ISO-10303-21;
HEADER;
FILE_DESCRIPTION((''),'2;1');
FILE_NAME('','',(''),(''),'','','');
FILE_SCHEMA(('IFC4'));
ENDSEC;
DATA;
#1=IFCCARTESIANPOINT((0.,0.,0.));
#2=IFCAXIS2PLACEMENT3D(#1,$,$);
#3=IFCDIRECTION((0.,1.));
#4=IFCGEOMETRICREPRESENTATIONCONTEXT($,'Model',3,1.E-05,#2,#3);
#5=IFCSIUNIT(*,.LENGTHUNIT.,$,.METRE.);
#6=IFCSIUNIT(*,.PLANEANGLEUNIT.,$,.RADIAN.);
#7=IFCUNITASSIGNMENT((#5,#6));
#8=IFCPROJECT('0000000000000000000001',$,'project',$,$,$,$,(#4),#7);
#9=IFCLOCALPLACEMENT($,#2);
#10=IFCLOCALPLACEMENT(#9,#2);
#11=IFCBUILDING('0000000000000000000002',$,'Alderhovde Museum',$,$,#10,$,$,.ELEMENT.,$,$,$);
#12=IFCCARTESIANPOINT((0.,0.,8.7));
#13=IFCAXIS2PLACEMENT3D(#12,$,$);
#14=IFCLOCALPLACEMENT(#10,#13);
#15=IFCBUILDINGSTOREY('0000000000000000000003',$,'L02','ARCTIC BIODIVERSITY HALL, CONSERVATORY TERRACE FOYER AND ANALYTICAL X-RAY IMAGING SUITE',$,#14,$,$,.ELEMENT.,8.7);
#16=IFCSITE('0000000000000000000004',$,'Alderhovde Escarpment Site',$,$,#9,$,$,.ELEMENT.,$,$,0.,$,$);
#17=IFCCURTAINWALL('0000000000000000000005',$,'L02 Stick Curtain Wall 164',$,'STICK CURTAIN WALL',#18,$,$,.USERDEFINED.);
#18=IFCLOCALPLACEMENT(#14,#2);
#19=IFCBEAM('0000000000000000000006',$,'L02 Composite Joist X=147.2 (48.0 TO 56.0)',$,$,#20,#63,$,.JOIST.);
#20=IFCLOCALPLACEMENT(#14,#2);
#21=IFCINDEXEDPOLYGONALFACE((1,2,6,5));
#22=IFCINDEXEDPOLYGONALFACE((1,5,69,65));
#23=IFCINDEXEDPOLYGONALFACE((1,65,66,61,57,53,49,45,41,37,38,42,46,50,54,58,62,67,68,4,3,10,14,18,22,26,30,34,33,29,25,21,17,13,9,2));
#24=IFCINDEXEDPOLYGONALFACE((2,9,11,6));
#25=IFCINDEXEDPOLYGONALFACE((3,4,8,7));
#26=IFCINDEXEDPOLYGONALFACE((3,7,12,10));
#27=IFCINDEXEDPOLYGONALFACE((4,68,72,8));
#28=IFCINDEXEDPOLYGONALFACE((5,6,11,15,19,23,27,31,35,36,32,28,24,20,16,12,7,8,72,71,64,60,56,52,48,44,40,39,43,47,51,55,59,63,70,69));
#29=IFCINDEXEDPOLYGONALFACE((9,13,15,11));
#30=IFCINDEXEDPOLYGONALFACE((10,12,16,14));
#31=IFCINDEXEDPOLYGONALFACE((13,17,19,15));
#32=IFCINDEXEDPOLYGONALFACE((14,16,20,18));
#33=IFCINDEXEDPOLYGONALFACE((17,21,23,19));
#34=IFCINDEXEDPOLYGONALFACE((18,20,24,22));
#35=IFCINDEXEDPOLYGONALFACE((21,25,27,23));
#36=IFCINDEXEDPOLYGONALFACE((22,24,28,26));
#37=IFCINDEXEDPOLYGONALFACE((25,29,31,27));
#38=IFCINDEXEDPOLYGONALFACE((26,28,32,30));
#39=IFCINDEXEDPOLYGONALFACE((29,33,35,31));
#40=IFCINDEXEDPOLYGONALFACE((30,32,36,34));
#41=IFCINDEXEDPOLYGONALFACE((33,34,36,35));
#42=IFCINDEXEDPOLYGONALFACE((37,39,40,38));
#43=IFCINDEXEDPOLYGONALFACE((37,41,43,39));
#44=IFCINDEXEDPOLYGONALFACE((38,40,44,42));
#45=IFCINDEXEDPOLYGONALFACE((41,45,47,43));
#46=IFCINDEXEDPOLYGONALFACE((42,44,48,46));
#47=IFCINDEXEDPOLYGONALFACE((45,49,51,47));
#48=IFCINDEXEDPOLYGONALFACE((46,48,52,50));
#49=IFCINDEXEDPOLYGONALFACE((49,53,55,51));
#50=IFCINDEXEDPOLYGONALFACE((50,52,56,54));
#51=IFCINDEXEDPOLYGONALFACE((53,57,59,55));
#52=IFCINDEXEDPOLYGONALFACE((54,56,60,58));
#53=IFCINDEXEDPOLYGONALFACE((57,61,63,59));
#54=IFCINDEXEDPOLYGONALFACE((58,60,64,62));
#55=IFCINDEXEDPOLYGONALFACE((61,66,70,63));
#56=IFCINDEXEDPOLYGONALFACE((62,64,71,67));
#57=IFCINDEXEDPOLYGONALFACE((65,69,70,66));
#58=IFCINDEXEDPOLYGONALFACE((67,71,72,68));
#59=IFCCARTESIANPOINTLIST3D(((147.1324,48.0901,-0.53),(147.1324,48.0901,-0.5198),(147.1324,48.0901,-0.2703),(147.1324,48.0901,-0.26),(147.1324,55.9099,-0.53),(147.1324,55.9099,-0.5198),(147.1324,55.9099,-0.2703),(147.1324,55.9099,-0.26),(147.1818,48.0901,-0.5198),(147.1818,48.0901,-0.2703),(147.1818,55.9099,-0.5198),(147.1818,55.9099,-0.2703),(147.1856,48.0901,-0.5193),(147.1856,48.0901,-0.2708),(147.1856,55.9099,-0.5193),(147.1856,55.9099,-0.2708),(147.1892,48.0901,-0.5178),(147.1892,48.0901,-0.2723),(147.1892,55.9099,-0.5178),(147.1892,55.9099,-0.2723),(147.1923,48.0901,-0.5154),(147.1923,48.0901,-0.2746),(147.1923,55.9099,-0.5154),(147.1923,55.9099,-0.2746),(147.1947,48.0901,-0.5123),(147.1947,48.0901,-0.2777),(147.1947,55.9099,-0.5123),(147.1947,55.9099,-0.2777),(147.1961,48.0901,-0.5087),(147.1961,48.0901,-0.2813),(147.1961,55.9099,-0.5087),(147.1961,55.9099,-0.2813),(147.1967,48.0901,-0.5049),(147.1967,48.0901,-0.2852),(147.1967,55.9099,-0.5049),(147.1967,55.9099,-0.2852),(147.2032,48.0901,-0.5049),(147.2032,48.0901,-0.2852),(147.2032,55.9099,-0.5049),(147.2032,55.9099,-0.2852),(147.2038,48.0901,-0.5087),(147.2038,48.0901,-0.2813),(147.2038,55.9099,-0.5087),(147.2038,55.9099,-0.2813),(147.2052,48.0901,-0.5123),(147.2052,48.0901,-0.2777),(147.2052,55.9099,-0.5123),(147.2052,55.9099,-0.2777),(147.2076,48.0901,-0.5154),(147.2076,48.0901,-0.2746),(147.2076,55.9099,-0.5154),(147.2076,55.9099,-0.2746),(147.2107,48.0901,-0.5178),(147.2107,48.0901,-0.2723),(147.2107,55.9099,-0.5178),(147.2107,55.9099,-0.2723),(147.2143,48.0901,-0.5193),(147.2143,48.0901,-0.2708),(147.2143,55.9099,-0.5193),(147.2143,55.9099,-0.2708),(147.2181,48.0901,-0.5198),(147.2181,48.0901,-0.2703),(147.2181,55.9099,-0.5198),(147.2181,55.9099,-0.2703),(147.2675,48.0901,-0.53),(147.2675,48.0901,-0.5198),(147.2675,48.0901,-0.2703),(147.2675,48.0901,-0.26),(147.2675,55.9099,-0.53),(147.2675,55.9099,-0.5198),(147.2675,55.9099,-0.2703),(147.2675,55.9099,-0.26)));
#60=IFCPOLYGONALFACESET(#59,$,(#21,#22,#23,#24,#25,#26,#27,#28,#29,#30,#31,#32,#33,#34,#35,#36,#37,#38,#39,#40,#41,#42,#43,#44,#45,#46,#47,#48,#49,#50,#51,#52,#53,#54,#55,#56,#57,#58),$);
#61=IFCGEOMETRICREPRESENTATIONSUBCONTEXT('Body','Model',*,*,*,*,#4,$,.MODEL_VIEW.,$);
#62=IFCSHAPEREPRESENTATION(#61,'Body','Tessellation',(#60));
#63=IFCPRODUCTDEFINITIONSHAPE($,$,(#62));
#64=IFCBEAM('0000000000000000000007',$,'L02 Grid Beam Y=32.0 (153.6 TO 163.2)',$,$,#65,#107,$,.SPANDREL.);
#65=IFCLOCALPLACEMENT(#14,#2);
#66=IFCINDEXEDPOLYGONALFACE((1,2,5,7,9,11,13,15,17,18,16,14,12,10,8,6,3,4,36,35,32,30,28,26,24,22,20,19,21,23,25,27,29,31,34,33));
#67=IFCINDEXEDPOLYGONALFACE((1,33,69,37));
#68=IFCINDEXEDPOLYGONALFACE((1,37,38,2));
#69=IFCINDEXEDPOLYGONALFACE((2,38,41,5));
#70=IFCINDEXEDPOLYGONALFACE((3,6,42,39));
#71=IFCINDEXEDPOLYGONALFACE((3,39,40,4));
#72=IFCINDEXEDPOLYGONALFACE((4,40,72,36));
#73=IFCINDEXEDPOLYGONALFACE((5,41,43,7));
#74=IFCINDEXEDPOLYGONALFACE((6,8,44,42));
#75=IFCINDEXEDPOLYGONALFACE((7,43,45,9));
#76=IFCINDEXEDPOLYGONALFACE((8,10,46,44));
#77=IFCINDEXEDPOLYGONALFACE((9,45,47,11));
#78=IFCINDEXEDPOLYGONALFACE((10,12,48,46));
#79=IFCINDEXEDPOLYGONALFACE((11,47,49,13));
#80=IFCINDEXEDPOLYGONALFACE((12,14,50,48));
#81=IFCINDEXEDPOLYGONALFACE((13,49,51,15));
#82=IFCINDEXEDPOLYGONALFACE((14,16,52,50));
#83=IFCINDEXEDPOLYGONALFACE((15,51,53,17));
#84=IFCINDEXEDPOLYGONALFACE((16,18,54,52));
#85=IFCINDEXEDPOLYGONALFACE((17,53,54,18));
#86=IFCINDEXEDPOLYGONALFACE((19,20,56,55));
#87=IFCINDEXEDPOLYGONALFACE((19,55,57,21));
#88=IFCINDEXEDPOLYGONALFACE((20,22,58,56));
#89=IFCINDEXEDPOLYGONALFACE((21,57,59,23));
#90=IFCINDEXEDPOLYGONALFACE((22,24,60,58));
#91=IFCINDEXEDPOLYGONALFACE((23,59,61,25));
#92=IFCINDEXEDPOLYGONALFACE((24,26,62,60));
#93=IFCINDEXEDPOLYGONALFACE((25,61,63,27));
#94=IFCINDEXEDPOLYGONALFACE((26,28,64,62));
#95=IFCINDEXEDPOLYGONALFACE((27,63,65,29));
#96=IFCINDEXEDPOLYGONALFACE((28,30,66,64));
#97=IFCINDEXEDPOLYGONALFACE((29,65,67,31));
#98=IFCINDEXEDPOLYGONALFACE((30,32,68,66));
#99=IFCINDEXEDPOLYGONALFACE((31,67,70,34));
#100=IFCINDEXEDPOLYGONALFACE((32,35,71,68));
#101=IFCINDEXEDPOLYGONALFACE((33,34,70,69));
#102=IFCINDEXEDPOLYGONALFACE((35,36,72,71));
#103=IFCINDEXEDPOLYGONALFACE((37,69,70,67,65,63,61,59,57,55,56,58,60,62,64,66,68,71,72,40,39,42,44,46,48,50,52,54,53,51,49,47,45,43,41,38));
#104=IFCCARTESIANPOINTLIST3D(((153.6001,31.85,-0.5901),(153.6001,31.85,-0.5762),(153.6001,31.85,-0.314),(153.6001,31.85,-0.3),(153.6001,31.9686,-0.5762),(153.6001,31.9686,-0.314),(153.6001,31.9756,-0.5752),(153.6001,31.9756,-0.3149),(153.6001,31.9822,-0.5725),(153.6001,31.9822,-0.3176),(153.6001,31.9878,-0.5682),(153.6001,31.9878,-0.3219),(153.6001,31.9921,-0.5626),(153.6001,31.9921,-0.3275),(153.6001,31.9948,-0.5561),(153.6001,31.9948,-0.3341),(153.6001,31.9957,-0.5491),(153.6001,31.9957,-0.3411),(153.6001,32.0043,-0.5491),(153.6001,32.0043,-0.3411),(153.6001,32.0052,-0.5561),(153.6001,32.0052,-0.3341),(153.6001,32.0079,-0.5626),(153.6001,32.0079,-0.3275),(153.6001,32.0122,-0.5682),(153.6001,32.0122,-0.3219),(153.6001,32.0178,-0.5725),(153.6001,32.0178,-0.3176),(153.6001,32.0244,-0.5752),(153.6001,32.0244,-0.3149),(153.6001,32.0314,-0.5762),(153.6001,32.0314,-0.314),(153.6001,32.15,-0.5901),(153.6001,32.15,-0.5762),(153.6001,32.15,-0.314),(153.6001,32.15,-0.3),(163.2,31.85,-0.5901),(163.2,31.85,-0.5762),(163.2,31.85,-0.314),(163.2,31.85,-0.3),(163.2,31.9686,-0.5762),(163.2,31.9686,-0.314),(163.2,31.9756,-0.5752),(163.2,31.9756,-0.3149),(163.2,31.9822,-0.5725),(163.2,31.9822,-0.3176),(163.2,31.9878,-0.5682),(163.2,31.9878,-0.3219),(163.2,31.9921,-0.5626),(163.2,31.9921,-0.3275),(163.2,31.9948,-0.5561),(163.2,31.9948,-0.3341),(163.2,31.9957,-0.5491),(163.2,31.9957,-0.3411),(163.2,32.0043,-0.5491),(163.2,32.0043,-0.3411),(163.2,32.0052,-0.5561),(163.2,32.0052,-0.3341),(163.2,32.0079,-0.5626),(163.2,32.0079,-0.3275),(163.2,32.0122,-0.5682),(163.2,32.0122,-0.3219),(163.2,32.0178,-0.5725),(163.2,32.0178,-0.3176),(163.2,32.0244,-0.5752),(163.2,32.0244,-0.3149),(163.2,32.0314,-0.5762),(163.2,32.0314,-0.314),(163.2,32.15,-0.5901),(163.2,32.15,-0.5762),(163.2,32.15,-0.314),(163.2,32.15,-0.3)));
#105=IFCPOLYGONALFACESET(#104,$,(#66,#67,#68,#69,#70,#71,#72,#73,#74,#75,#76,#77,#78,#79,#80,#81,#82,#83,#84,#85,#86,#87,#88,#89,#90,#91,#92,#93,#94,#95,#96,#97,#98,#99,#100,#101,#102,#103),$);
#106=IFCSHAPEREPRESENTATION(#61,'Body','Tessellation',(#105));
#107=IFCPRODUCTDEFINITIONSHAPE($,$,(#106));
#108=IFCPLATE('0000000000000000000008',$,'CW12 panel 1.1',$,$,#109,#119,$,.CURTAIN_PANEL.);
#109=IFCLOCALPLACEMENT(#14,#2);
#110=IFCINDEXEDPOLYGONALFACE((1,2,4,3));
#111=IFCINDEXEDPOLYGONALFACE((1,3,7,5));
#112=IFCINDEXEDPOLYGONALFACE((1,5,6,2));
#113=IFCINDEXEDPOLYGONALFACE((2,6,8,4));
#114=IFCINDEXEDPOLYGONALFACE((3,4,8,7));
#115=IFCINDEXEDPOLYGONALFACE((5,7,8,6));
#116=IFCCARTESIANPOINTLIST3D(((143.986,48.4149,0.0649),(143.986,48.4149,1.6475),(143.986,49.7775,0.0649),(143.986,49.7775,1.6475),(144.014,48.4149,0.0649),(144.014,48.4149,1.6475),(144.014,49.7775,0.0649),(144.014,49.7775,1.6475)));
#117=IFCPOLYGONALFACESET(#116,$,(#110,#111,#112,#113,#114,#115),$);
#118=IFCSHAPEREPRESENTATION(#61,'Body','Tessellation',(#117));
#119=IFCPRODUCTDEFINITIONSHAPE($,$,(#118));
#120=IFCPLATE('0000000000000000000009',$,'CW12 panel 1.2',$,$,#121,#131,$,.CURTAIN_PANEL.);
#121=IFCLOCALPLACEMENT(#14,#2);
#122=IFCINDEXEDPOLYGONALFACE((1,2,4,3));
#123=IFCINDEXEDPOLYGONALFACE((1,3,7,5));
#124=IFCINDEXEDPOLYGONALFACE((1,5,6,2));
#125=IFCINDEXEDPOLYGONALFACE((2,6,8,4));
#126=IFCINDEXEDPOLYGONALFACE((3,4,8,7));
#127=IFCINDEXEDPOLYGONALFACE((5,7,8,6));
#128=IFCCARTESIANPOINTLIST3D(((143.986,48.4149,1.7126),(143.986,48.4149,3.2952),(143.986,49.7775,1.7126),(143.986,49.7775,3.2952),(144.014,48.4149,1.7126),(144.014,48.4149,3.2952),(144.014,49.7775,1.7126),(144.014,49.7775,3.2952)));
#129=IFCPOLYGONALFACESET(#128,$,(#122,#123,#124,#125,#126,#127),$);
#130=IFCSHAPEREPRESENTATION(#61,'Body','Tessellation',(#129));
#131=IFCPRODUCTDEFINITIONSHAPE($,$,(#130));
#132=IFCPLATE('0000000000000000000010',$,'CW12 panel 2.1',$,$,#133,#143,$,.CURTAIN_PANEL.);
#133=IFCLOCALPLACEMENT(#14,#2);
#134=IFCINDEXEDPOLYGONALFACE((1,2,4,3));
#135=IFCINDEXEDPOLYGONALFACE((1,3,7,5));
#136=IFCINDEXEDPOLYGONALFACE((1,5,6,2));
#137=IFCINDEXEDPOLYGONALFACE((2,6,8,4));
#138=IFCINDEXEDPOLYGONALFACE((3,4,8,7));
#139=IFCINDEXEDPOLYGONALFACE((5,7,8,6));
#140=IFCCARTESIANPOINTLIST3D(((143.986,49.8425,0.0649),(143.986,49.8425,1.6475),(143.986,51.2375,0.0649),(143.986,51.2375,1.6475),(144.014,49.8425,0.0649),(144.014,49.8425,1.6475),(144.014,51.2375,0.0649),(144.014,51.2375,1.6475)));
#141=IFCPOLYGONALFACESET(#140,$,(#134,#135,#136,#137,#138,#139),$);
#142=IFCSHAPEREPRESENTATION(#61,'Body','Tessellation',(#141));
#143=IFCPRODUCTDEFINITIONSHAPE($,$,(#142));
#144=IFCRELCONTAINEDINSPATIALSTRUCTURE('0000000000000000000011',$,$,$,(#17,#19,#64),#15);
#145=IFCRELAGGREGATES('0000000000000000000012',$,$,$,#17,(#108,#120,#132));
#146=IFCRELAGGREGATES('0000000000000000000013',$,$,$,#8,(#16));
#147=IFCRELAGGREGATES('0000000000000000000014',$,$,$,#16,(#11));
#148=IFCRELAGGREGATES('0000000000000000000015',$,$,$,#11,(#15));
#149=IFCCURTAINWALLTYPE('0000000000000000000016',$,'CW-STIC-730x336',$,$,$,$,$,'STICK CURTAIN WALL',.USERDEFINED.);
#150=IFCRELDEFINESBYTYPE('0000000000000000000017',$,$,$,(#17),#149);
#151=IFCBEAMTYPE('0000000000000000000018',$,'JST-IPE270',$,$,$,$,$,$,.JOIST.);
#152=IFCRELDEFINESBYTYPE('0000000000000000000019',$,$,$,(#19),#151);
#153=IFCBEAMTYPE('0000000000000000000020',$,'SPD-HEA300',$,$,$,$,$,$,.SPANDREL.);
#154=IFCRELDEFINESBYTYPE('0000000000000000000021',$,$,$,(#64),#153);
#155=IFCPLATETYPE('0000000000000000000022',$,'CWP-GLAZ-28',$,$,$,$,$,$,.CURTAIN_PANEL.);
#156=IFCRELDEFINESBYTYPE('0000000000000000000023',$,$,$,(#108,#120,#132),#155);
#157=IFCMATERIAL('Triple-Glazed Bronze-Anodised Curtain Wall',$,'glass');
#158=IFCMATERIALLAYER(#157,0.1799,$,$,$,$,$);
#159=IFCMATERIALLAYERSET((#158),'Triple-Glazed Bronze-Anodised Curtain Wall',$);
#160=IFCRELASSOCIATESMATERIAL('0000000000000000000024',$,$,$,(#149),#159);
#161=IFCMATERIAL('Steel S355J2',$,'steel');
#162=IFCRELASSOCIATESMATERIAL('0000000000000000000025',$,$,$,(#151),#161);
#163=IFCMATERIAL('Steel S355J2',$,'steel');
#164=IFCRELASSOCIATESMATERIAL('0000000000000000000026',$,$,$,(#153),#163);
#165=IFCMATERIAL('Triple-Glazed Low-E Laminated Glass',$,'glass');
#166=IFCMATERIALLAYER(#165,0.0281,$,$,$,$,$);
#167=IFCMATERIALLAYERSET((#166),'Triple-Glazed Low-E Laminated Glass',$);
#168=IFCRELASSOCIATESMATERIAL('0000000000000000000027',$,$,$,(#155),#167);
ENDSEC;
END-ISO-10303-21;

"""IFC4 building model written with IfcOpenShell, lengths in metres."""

from ifc_helpers import new_model, si_unit, direction, frame, origin, origin_2d, place, context, subcontext, project, spatial, rectangle, i_section, extrude, material, layer, layer_set, material_profile, profile_set, type_object, element, aggregate, save


model = new_model("IFC4")

# Units and contexts
model_context = context("Model", 3, precision=1e-05, world=origin(), true_north=direction((0.0, 1.0)))
body_context = subcontext(model_context, "Body", "Model", "MODEL_VIEW")
ifc_project = project(units=[si_unit("LENGTHUNIT", "METRE"), si_unit("PLANEANGLEUNIT", "RADIAN")], contexts=[model_context])

# Site, building, storey
site_placement = place(None, origin())
site = spatial("IfcSite", under=ifc_project, at=site_placement, Name="Alderhovde Escarpment Site", CompositionType="ELEMENT", RefElevation=0.0)
building_placement = place(site_placement, origin())
building = spatial("IfcBuilding", under=site, at=building_placement, Name="Alderhovde Museum", CompositionType="ELEMENT")
storey_placement = place(building_placement, frame((0.0, 0.0, 8.7)))
storey = spatial("IfcBuildingStorey", under=building, at=storey_placement, Name="L02", Description="ARCTIC BIODIVERSITY HALL, CONSERVATORY TERRACE FOYER AND ANALYTICAL X-RAY IMAGING SUITE", CompositionType="ELEMENT", Elevation=8.7)

# Curtain wall
ifc_material_1 = material(Name="Triple-Glazed Bronze-Anodised Curtain Wall", Category="glass")
ifc_layer_1 = layer(ifc_material_1, 0.1799)
ifc_layer_set_1 = layer_set([ifc_layer_1], Name="Triple-Glazed Bronze-Anodised Curtain Wall")
curtain_wall_type = type_object("IfcCurtainWallType", Name="CW-STIC-730x336", ElementType="STICK CURTAIN WALL", PredefinedType="USERDEFINED", material=ifc_layer_set_1)
curtain_wall_placement = place(storey_placement, origin())
curtain_wall = element("IfcCurtainWall", 1, at=curtain_wall_placement, inside=storey, type_object=curtain_wall_type, Name="L02 Stick Curtain Wall 164", ObjectType="STICK CURTAIN WALL", PredefinedType="USERDEFINED")

# Beams
ifc_material_2 = material(Name="Steel S355J2", Category="steel")
ifc_material_profile_1 = material_profile(ifc_material_2, i_section(OverallWidth=0.135, OverallDepth=0.27, WebThickness=0.0066, FlangeThickness=0.0103, FilletRadius=0.0149, at=origin_2d()), Name="IPE 270")
ifc_profile_set_1 = profile_set([ifc_material_profile_1], Name="Steel S355J2")
beam_type_1 = type_object("IfcBeamType", Name="JST-IPE270", PredefinedType="JOIST", material=ifc_profile_set_1)
for number, where, z_axis, x_axis, name in (
    (2, (147.2, 48.0901, -0.395), (0.0, 1.0, 0.0), (-1.0, 0.0, 0.0), "L02 Composite Joist X=147.2 (48.0 TO 56.0)"),
):
    element("IfcBeam", number, at=place(storey_placement, frame(where, z_axis=z_axis, x_axis=x_axis)), inside=storey, type_object=beam_type_1, Name=name, PredefinedType="JOIST", context=body_context, shape_type="SweptSolid", body=[
        extrude(i_section(OverallWidth=0.135, OverallDepth=0.27, WebThickness=0.0066, FlangeThickness=0.0103, FilletRadius=0.0149, at=origin_2d()), origin(), (0.0, 0.0, 1.0), 7.8198),
    ])
ifc_material_3 = material(Name="Steel S355J2", Category="steel")
ifc_material_profile_2 = material_profile(ifc_material_3, i_section(OverallWidth=0.3, OverallDepth=0.29, WebThickness=0.0085, FlangeThickness=0.0139, FilletRadius=0.0271, at=origin_2d()), Name="HEA 300")
ifc_profile_set_2 = profile_set([ifc_material_profile_2], Name="Steel S355J2")
beam_type_2 = type_object("IfcBeamType", Name="SPD-HEA300", PredefinedType="SPANDREL", material=ifc_profile_set_2)
beam_1_placement = place(storey_placement, frame((153.6001, 32.0, -0.4451), z_axis=(1.0, 0.0, 0.0), x_axis=(0.0, 1.0, 0.0)))
element("IfcBeam", 3, at=beam_1_placement, inside=storey, type_object=beam_type_2, Name="L02 Grid Beam Y=32.0 (153.6 TO 163.2)", PredefinedType="SPANDREL", context=body_context, shape_type="SweptSolid", body=[
    extrude(i_section(OverallWidth=0.3, OverallDepth=0.29, WebThickness=0.0085, FlangeThickness=0.0139, FilletRadius=0.0271, at=origin_2d()), origin(), (0.0, 0.0, 1.0), 9.5999),
])

# Plates
ifc_material_4 = material(Name="Triple-Glazed Low-E Laminated Glass", Category="glass")
ifc_layer_2 = layer(ifc_material_4, 0.0281)
ifc_layer_set_2 = layer_set([ifc_layer_2], Name="Triple-Glazed Low-E Laminated Glass")
plate_type = type_object("IfcPlateType", Name="CWP-GLAZ-28", PredefinedType="CURTAIN_PANEL", material=ifc_layer_set_2)
plate_1_placement = place(storey_placement, frame((144.0, 49.0962, 0.0649), z_axis=(0.0, 0.0, 1.0), x_axis=(0.0, 1.0, 0.0)))
plate_1 = element("IfcPlate", 4, at=plate_1_placement, type_object=plate_type, Name="CW12 panel 1.1", PredefinedType="CURTAIN_PANEL", context=body_context, shape_type="SweptSolid", body=[
    extrude(rectangle(XDim=1.3625, YDim=0.0281, at=origin_2d()), origin(), (0.0, 0.0, 1.0), 1.5825),
])
plate_2_placement = place(storey_placement, frame((144.0, 49.0962, 1.7126), z_axis=(0.0, 0.0, 1.0), x_axis=(0.0, 1.0, 0.0)))
plate_2 = element("IfcPlate", 5, at=plate_2_placement, type_object=plate_type, Name="CW12 panel 1.2", PredefinedType="CURTAIN_PANEL", context=body_context, shape_type="SweptSolid", body=[
    extrude(rectangle(XDim=1.3625, YDim=0.0281, at=origin_2d()), origin(), (0.0, 0.0, 1.0), 1.5825),
])
plate_3_placement = place(storey_placement, frame((144.0, 50.54, 0.0649), z_axis=(0.0, 0.0, 1.0), x_axis=(0.0, 1.0, 0.0)))
plate_3 = element("IfcPlate", 6, at=plate_3_placement, type_object=plate_type, Name="CW12 panel 2.1", PredefinedType="CURTAIN_PANEL", context=body_context, shape_type="SweptSolid", body=[
    extrude(rectangle(XDim=1.395, YDim=0.0281, at=origin_2d()), origin(), (0.0, 0.0, 1.0), 1.5825),
])
aggregate(curtain_wall, [plate_1, plate_2, plate_3])

save(model, "model.ifc")
